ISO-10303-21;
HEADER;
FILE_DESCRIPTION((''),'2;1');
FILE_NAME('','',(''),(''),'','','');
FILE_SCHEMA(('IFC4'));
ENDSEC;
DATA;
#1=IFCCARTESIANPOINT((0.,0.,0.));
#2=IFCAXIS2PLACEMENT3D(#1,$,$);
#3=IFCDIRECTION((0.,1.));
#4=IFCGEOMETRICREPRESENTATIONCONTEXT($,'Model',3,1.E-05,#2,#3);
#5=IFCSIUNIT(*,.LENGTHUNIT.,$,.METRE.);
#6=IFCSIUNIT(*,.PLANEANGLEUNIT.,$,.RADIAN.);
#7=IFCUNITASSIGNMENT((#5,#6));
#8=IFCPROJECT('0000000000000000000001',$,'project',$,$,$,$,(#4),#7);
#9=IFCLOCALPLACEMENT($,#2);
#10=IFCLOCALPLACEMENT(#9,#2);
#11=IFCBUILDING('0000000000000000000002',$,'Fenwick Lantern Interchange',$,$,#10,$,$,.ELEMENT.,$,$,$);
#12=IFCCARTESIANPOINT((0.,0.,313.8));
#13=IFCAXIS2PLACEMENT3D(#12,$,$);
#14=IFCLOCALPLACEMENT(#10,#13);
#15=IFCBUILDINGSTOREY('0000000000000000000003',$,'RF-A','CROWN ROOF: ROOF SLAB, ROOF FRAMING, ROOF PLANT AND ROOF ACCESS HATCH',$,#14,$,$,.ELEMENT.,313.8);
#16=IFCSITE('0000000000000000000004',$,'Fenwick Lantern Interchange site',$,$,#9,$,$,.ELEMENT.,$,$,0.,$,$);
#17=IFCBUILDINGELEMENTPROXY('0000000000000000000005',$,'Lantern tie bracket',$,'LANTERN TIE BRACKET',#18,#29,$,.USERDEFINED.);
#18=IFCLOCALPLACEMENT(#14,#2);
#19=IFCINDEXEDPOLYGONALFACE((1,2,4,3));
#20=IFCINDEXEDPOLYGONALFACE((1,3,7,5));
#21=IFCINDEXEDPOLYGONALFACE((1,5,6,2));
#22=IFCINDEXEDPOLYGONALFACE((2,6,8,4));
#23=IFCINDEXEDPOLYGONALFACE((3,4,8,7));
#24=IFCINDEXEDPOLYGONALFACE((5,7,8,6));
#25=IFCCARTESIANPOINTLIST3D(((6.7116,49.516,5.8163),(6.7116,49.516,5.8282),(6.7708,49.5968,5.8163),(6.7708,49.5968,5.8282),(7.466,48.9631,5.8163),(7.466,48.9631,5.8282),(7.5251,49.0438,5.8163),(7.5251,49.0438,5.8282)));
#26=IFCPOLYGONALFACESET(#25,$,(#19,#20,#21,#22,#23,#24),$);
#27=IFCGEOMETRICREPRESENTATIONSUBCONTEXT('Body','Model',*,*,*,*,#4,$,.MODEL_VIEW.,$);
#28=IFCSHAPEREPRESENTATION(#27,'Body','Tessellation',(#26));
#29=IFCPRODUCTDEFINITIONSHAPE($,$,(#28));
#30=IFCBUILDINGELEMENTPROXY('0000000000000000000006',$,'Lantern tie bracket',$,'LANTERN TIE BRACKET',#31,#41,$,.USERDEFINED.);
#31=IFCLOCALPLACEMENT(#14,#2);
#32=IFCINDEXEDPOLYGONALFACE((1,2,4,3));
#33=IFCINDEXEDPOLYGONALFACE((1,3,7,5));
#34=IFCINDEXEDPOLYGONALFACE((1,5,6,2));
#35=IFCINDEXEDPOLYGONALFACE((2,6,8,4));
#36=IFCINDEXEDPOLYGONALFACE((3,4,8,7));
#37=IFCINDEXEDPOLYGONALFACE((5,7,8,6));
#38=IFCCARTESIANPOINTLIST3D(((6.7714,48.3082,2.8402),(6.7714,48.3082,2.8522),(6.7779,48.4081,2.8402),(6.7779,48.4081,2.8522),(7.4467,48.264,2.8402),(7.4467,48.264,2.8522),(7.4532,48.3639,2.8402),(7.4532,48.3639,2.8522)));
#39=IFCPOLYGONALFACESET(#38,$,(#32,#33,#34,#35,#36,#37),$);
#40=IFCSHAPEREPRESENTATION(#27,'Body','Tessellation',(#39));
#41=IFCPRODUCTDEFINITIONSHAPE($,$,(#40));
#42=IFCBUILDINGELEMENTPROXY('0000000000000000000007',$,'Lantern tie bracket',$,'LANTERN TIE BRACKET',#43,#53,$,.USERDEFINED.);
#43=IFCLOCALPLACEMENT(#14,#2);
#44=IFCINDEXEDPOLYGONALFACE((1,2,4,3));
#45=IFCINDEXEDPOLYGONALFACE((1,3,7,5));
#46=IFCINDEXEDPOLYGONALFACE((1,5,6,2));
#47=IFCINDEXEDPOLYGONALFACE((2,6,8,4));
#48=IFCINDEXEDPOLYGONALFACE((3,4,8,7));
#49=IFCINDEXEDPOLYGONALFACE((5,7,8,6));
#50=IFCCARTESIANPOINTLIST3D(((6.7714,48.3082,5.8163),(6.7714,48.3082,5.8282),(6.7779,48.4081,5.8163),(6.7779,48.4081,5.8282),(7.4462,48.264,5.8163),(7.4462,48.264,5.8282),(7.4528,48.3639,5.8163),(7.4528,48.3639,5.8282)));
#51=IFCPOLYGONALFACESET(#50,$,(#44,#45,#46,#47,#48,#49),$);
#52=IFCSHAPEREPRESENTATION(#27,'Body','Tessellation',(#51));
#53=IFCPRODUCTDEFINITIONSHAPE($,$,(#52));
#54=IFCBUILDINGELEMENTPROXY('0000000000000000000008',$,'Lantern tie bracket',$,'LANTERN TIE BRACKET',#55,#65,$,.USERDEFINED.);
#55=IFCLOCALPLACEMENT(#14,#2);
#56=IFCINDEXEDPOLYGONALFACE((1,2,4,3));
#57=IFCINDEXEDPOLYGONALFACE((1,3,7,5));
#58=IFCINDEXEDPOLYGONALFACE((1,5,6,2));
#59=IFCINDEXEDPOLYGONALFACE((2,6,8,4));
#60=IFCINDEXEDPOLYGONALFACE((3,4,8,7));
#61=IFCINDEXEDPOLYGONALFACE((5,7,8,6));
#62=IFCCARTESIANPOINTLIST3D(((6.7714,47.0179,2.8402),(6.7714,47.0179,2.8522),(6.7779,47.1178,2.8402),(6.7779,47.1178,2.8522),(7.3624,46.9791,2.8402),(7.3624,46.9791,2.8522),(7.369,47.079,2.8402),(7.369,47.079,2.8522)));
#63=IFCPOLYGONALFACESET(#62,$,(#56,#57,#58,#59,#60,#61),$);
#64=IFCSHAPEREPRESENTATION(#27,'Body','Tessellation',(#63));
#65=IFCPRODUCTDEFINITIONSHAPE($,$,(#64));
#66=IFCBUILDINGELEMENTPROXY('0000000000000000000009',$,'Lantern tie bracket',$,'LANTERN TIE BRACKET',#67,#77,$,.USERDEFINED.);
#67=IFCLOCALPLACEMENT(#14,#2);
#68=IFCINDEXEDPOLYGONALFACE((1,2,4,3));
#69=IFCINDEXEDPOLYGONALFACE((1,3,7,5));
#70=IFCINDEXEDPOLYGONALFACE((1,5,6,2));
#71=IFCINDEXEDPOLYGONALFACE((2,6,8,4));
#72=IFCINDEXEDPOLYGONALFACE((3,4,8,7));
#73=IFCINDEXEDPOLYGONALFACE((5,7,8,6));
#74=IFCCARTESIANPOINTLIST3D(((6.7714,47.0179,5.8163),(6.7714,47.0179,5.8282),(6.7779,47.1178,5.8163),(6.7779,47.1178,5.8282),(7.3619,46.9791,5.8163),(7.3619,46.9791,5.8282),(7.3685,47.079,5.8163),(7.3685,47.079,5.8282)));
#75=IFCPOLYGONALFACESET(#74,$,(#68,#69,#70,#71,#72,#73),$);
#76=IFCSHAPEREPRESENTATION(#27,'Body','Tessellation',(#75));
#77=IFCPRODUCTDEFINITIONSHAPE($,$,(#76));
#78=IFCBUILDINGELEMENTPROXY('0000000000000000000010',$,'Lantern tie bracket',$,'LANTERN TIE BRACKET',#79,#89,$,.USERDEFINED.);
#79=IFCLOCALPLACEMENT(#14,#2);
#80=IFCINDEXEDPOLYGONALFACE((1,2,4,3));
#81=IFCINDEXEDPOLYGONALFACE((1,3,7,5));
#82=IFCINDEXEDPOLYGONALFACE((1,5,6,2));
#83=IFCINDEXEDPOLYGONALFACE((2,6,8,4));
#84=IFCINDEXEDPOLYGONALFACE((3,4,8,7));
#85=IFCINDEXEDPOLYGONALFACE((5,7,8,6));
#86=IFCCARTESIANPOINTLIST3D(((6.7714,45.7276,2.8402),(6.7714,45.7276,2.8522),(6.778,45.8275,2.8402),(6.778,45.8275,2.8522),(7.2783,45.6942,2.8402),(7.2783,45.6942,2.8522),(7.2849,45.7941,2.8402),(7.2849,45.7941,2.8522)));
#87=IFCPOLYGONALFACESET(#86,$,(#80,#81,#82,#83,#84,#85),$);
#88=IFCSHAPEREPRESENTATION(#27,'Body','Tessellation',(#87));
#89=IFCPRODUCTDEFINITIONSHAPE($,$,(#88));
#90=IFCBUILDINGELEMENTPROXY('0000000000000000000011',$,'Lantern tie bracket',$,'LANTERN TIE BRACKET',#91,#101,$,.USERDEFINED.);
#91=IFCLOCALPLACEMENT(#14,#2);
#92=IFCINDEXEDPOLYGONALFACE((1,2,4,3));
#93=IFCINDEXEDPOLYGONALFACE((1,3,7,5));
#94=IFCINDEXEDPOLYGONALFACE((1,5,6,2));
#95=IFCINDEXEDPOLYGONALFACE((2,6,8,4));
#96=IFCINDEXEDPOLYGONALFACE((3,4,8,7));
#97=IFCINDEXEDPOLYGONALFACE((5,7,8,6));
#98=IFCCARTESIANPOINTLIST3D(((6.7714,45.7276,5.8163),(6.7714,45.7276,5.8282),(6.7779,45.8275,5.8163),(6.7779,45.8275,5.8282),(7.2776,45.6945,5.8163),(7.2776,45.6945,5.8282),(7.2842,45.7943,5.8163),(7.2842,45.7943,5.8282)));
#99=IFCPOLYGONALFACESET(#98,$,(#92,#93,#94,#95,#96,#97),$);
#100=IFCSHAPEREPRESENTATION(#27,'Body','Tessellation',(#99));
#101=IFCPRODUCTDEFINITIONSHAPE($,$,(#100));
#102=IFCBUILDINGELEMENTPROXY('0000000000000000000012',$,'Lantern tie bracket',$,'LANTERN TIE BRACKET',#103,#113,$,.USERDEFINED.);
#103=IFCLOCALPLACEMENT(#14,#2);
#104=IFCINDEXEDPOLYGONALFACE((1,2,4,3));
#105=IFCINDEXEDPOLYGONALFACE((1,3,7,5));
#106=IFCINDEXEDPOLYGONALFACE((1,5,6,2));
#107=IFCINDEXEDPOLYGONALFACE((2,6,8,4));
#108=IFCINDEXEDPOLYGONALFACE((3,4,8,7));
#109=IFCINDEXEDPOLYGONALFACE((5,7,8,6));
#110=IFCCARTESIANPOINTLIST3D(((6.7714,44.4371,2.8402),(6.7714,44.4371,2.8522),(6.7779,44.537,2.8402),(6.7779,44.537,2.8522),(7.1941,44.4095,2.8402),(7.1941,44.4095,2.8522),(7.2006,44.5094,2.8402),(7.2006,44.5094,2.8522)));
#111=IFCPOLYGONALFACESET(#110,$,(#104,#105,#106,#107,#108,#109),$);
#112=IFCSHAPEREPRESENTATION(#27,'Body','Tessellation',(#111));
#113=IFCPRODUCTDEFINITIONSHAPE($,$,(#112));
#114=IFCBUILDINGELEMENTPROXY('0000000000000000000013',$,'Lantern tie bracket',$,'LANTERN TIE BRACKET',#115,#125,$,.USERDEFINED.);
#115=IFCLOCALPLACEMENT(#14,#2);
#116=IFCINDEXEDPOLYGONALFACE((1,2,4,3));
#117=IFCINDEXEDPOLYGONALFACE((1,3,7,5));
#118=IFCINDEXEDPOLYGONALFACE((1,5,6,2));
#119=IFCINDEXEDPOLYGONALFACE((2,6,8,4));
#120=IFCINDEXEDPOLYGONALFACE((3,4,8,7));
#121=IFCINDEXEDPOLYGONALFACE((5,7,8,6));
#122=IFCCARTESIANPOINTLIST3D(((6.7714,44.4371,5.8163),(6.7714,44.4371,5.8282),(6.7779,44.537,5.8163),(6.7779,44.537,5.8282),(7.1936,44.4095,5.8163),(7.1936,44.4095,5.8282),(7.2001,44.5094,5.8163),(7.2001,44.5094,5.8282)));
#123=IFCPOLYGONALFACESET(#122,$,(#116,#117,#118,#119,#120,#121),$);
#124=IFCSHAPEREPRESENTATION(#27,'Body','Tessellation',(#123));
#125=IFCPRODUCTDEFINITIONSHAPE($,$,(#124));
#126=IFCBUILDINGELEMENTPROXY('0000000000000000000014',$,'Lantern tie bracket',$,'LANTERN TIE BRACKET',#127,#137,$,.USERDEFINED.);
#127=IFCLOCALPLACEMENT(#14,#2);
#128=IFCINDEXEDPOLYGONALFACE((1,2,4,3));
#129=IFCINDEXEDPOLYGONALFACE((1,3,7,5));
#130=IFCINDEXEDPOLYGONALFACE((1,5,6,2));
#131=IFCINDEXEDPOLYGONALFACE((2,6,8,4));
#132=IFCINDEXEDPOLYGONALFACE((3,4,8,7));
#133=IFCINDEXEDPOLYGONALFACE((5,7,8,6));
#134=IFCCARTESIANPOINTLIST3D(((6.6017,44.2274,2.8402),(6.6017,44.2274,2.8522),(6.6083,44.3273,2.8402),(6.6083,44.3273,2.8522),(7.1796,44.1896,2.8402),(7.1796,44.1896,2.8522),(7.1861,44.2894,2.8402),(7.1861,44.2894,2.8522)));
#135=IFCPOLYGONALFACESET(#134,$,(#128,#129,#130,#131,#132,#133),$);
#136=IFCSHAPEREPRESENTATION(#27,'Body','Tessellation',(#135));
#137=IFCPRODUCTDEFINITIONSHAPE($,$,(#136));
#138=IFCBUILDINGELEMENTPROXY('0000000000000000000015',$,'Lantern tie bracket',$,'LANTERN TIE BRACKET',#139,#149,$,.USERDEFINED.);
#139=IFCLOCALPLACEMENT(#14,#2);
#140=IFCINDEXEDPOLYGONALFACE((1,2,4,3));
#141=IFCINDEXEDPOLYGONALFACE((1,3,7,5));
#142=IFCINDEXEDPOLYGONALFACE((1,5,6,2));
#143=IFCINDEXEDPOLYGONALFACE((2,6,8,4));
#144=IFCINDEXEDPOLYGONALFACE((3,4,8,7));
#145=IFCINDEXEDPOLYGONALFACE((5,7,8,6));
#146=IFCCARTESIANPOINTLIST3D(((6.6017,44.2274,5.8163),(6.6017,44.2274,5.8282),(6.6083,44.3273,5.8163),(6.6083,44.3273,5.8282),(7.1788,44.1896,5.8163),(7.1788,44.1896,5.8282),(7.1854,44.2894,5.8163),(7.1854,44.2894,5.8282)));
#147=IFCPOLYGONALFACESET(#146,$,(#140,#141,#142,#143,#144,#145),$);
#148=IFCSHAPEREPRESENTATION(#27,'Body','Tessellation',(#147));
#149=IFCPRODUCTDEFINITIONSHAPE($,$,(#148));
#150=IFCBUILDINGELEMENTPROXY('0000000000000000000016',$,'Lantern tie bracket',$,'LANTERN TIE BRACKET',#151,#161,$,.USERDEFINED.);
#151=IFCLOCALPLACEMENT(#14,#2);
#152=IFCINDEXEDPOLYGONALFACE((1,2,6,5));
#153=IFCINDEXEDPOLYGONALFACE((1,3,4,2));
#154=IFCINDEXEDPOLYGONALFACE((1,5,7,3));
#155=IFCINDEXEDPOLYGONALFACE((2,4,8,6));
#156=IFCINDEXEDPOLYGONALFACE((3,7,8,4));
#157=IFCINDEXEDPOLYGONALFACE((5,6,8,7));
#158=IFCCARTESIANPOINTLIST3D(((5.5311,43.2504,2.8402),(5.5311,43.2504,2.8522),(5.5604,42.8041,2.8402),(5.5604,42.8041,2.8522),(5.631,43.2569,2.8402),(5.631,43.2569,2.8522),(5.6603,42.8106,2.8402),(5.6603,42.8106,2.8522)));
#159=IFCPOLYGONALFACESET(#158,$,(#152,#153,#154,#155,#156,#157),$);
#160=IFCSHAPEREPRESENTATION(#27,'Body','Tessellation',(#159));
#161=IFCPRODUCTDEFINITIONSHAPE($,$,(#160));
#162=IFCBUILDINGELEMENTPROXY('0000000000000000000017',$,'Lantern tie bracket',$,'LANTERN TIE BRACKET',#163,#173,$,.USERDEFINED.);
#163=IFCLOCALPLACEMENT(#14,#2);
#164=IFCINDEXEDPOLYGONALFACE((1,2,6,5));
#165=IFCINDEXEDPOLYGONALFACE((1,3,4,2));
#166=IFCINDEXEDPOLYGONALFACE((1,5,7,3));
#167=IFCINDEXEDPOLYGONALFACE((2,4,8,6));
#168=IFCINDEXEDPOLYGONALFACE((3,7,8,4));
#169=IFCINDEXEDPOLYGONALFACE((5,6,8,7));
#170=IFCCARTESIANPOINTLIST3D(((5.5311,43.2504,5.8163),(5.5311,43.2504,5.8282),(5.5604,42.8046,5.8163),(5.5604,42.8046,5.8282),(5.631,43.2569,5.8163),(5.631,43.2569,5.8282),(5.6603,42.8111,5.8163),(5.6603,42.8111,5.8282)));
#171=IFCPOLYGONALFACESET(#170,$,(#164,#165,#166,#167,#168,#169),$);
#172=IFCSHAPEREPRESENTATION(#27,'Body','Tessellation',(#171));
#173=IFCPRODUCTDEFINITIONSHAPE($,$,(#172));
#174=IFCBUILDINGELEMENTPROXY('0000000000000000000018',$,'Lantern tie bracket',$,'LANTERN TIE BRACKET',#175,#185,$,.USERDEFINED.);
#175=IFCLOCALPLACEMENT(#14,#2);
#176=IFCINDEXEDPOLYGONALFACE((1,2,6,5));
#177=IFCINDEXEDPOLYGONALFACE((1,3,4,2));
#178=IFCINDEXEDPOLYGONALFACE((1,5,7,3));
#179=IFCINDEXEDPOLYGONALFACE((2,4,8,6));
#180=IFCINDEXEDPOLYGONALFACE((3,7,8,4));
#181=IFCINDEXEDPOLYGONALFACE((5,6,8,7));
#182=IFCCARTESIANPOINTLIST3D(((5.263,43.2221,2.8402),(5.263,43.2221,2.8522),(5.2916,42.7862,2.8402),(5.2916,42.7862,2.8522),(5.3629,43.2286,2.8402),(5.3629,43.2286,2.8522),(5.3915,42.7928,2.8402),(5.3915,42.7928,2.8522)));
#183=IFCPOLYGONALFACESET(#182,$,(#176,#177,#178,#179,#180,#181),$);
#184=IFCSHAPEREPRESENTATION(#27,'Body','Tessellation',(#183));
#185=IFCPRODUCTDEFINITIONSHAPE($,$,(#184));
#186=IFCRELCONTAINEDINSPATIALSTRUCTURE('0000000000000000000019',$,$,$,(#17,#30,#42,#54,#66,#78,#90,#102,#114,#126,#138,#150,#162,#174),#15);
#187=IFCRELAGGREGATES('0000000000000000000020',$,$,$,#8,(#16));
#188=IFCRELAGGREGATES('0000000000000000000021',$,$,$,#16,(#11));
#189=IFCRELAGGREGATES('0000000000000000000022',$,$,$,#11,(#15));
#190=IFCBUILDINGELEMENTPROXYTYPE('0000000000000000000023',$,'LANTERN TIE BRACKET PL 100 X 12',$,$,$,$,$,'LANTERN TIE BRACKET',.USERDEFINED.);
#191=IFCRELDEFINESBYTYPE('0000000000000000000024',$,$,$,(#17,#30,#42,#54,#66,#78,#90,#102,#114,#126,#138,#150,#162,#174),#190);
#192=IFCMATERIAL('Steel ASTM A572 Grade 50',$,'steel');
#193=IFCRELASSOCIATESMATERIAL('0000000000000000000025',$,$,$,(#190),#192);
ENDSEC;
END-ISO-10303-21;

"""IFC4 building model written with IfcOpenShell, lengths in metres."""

from ifc_helpers import new_model, si_unit, direction, frame, origin, origin_2d, place, context, subcontext, project, spatial, rectangle, extrude, material, material_profile, profile_set, type_object, element, save


model = new_model("IFC4")

# Units and contexts
model_context = context("Model", 3, precision=1e-05, world=origin(), true_north=direction((0.0, 1.0)))
body_context = subcontext(model_context, "Body", "Model", "MODEL_VIEW")
ifc_project = project(units=[si_unit("LENGTHUNIT", "METRE"), si_unit("PLANEANGLEUNIT", "RADIAN")], contexts=[model_context])

# Site, building, storey
site_placement = place(None, origin())
site = spatial("IfcSite", under=ifc_project, at=site_placement, Name="Fenwick Lantern Interchange site", CompositionType="ELEMENT", RefElevation=0.0)
building_placement = place(site_placement, origin())
building = spatial("IfcBuilding", under=site, at=building_placement, Name="Fenwick Lantern Interchange", CompositionType="ELEMENT")
storey_placement = place(building_placement, frame((0.0, 0.0, 313.8)))
storey = spatial("IfcBuildingStorey", under=building, at=storey_placement, Name="RF-A", Description="CROWN ROOF: ROOF SLAB, ROOF FRAMING, ROOF PLANT AND ROOF ACCESS HATCH", CompositionType="ELEMENT", Elevation=313.8)

# Building element proxies
ifc_material_1 = material(Name="Steel ASTM A572 Grade 50", Category="steel")
ifc_material_profile_1 = material_profile(ifc_material_1, rectangle(XDim=0.1001, YDim=0.012, at=origin_2d()), Name="PL100X12")
ifc_profile_set_1 = profile_set([ifc_material_profile_1], Name="Steel ASTM A572 Grade 50")
building_element_proxy_type = type_object("IfcBuildingElementProxyType", Name="LANTERN TIE BRACKET PL 100 X 12", ElementType="LANTERN TIE BRACKET", PredefinedType="USERDEFINED", material=ifc_profile_set_1)
proxy_1_placement = place(storey_placement, frame((6.7412, 49.5564, 5.8223), z_axis=(0.806529, -0.591194, 0.0), x_axis=(0.591194, 0.806529, 0.0)))
element("IfcBuildingElementProxy", 1, at=proxy_1_placement, inside=storey, type_object=building_element_proxy_type, Name="Lantern tie bracket", ObjectType="LANTERN TIE BRACKET", PredefinedType="USERDEFINED", context=body_context, shape_type="SweptSolid", body=[
    extrude(rectangle(XDim=0.1001, YDim=0.012, at=origin_2d()), origin(), (0.0, 0.0, 1.0), 0.9353),
])
proxy_2_placement = place(storey_placement, frame((6.7747, 48.3582, 2.8462), z_axis=(0.997866, -0.065298, 0.0), x_axis=(0.065298, 0.997866, 0.0)))
element("IfcBuildingElementProxy", 2, at=proxy_2_placement, inside=storey, type_object=building_element_proxy_type, Name="Lantern tie bracket", ObjectType="LANTERN TIE BRACKET", PredefinedType="USERDEFINED", context=body_context, shape_type="SweptSolid", body=[
    extrude(rectangle(XDim=0.1001, YDim=0.012, at=origin_2d()), origin(), (0.0, 0.0, 1.0), 0.6768),
])
proxy_3_placement = place(storey_placement, frame((6.7747, 48.3582, 5.8223), z_axis=(0.997863, -0.065345, 0.0), x_axis=(0.065345, 0.997863, 0.0)))
element("IfcBuildingElementProxy", 3, at=proxy_3_placement, inside=storey, type_object=building_element_proxy_type, Name="Lantern tie bracket", ObjectType="LANTERN TIE BRACKET", PredefinedType="USERDEFINED", context=body_context, shape_type="SweptSolid", body=[
    extrude(rectangle(XDim=0.1001, YDim=0.012, at=origin_2d()), origin(), (0.0, 0.0, 1.0), 0.6763),
])
proxy_4_placement = place(storey_placement, frame((6.7747, 47.0679, 2.8462), z_axis=(0.99785, -0.065534, 0.0), x_axis=(0.065534, 0.99785, 0.0)))
element("IfcBuildingElementProxy", 4, at=proxy_4_placement, inside=storey, type_object=building_element_proxy_type, Name="Lantern tie bracket", ObjectType="LANTERN TIE BRACKET", PredefinedType="USERDEFINED", context=body_context, shape_type="SweptSolid", body=[
    extrude(rectangle(XDim=0.1001, YDim=0.012, at=origin_2d()), origin(), (0.0, 0.0, 1.0), 0.5923),
])
proxy_5_placement = place(storey_placement, frame((6.7747, 47.0679, 5.8223), z_axis=(0.997847, -0.065588, 0.0), x_axis=(0.065588, 0.997847, 0.0)))
element("IfcBuildingElementProxy", 5, at=proxy_5_placement, inside=storey, type_object=building_element_proxy_type, Name="Lantern tie bracket", ObjectType="LANTERN TIE BRACKET", PredefinedType="USERDEFINED", context=body_context, shape_type="SweptSolid", body=[
    extrude(rectangle(XDim=0.1001, YDim=0.012, at=origin_2d()), origin(), (0.0, 0.0, 1.0), 0.5918),
])
proxy_6_placement = place(storey_placement, frame((6.7747, 45.7776, 2.8462), z_axis=(0.99783, -0.065849, 0.0), x_axis=(0.065849, 0.99783, 0.0)))
element("IfcBuildingElementProxy", 6, at=proxy_6_placement, inside=storey, type_object=building_element_proxy_type, Name="Lantern tie bracket", ObjectType="LANTERN TIE BRACKET", PredefinedType="USERDEFINED", context=body_context, shape_type="SweptSolid", body=[
    extrude(rectangle(XDim=0.1001, YDim=0.012, at=origin_2d()), origin(), (0.0, 0.0, 1.0), 0.5081),
])
proxy_7_placement = place(storey_placement, frame((6.7747, 45.7776, 5.8223), z_axis=(0.997857, -0.065433, 0.0), x_axis=(0.065433, 0.997857, 0.0)))
element("IfcBuildingElementProxy", 7, at=proxy_7_placement, inside=storey, type_object=building_element_proxy_type, Name="Lantern tie bracket", ObjectType="LANTERN TIE BRACKET", PredefinedType="USERDEFINED", context=body_context, shape_type="SweptSolid", body=[
    extrude(rectangle(XDim=0.1001, YDim=0.012, at=origin_2d()), origin(), (0.0, 0.0, 1.0), 0.5073),
])
proxy_8_placement = place(storey_placement, frame((6.7747, 44.4871, 2.8462), z_axis=(0.997876, -0.065142, 0.0), x_axis=(0.065142, 0.997876, 0.0)))
element("IfcBuildingElementProxy", 8, at=proxy_8_placement, inside=storey, type_object=building_element_proxy_type, Name="Lantern tie bracket", ObjectType="LANTERN TIE BRACKET", PredefinedType="USERDEFINED", context=body_context, shape_type="SweptSolid", body=[
    extrude(rectangle(XDim=0.1001, YDim=0.012, at=origin_2d()), origin(), (0.0, 0.0, 1.0), 0.4236),
])
proxy_9_placement = place(storey_placement, frame((6.7747, 44.4871, 5.8223), z_axis=(0.997871, -0.065217, 0.0), x_axis=(0.065217, 0.997871, 0.0)))
element("IfcBuildingElementProxy", 9, at=proxy_9_placement, inside=storey, type_object=building_element_proxy_type, Name="Lantern tie bracket", ObjectType="LANTERN TIE BRACKET", PredefinedType="USERDEFINED", context=body_context, shape_type="SweptSolid", body=[
    extrude(rectangle(XDim=0.1001, YDim=0.012, at=origin_2d()), origin(), (0.0, 0.0, 1.0), 0.4231),
])
proxy_10_placement = place(storey_placement, frame((6.605, 44.2773, 2.8462), z_axis=(0.997863, -0.065344, 0.0), x_axis=(0.065344, 0.997863, 0.0)))
element("IfcBuildingElementProxy", 10, at=proxy_10_placement, inside=storey, type_object=building_element_proxy_type, Name="Lantern tie bracket", ObjectType="LANTERN TIE BRACKET", PredefinedType="USERDEFINED", context=body_context, shape_type="SweptSolid", body=[
    extrude(rectangle(XDim=0.1001, YDim=0.012, at=origin_2d()), origin(), (0.0, 0.0, 1.0), 0.5791),
])
proxy_11_placement = place(storey_placement, frame((6.605, 44.2773, 5.8223), z_axis=(0.997857, -0.065426, 0.0), x_axis=(0.065426, 0.997857, 0.0)))
element("IfcBuildingElementProxy", 11, at=proxy_11_placement, inside=storey, type_object=building_element_proxy_type, Name="Lantern tie bracket", ObjectType="LANTERN TIE BRACKET", PredefinedType="USERDEFINED", context=body_context, shape_type="SweptSolid", body=[
    extrude(rectangle(XDim=0.1001, YDim=0.012, at=origin_2d()), origin(), (0.0, 0.0, 1.0), 0.5784),
])
proxy_12_placement = place(storey_placement, frame((5.5811, 43.2537, 2.8462), z_axis=(0.065505, -0.997852, 0.0), x_axis=(0.997852, 0.065505, 0.0)))
element("IfcBuildingElementProxy", 12, at=proxy_12_placement, inside=storey, type_object=building_element_proxy_type, Name="Lantern tie bracket", ObjectType="LANTERN TIE BRACKET", PredefinedType="USERDEFINED", context=body_context, shape_type="SweptSolid", body=[
    extrude(rectangle(XDim=0.1001, YDim=0.012, at=origin_2d()), origin(), (0.0, 0.0, 1.0), 0.4473),
])
proxy_13_placement = place(storey_placement, frame((5.5811, 43.2537, 5.8223), z_axis=(0.065576, -0.997848, 0.0), x_axis=(0.997848, 0.065576, 0.0)))
element("IfcBuildingElementProxy", 13, at=proxy_13_placement, inside=storey, type_object=building_element_proxy_type, Name="Lantern tie bracket", ObjectType="LANTERN TIE BRACKET", PredefinedType="USERDEFINED", context=body_context, shape_type="SweptSolid", body=[
    extrude(rectangle(XDim=0.1001, YDim=0.012, at=origin_2d()), origin(), (0.0, 0.0, 1.0), 0.4468),
])
proxy_14_placement = place(storey_placement, frame((5.313, 43.2253, 2.8462), z_axis=(0.065406, -0.997859, 0.0), x_axis=(0.997859, 0.065406, 0.0)))
element("IfcBuildingElementProxy", 14, at=proxy_14_placement, inside=storey, type_object=building_element_proxy_type, Name="Lantern tie bracket", ObjectType="LANTERN TIE BRACKET", PredefinedType="USERDEFINED", context=body_context, shape_type="SweptSolid", body=[
    extrude(rectangle(XDim=0.1001, YDim=0.012, at=origin_2d()), origin(), (0.0, 0.0, 1.0), 0.4368),
])

save(model, "model.ifc")
